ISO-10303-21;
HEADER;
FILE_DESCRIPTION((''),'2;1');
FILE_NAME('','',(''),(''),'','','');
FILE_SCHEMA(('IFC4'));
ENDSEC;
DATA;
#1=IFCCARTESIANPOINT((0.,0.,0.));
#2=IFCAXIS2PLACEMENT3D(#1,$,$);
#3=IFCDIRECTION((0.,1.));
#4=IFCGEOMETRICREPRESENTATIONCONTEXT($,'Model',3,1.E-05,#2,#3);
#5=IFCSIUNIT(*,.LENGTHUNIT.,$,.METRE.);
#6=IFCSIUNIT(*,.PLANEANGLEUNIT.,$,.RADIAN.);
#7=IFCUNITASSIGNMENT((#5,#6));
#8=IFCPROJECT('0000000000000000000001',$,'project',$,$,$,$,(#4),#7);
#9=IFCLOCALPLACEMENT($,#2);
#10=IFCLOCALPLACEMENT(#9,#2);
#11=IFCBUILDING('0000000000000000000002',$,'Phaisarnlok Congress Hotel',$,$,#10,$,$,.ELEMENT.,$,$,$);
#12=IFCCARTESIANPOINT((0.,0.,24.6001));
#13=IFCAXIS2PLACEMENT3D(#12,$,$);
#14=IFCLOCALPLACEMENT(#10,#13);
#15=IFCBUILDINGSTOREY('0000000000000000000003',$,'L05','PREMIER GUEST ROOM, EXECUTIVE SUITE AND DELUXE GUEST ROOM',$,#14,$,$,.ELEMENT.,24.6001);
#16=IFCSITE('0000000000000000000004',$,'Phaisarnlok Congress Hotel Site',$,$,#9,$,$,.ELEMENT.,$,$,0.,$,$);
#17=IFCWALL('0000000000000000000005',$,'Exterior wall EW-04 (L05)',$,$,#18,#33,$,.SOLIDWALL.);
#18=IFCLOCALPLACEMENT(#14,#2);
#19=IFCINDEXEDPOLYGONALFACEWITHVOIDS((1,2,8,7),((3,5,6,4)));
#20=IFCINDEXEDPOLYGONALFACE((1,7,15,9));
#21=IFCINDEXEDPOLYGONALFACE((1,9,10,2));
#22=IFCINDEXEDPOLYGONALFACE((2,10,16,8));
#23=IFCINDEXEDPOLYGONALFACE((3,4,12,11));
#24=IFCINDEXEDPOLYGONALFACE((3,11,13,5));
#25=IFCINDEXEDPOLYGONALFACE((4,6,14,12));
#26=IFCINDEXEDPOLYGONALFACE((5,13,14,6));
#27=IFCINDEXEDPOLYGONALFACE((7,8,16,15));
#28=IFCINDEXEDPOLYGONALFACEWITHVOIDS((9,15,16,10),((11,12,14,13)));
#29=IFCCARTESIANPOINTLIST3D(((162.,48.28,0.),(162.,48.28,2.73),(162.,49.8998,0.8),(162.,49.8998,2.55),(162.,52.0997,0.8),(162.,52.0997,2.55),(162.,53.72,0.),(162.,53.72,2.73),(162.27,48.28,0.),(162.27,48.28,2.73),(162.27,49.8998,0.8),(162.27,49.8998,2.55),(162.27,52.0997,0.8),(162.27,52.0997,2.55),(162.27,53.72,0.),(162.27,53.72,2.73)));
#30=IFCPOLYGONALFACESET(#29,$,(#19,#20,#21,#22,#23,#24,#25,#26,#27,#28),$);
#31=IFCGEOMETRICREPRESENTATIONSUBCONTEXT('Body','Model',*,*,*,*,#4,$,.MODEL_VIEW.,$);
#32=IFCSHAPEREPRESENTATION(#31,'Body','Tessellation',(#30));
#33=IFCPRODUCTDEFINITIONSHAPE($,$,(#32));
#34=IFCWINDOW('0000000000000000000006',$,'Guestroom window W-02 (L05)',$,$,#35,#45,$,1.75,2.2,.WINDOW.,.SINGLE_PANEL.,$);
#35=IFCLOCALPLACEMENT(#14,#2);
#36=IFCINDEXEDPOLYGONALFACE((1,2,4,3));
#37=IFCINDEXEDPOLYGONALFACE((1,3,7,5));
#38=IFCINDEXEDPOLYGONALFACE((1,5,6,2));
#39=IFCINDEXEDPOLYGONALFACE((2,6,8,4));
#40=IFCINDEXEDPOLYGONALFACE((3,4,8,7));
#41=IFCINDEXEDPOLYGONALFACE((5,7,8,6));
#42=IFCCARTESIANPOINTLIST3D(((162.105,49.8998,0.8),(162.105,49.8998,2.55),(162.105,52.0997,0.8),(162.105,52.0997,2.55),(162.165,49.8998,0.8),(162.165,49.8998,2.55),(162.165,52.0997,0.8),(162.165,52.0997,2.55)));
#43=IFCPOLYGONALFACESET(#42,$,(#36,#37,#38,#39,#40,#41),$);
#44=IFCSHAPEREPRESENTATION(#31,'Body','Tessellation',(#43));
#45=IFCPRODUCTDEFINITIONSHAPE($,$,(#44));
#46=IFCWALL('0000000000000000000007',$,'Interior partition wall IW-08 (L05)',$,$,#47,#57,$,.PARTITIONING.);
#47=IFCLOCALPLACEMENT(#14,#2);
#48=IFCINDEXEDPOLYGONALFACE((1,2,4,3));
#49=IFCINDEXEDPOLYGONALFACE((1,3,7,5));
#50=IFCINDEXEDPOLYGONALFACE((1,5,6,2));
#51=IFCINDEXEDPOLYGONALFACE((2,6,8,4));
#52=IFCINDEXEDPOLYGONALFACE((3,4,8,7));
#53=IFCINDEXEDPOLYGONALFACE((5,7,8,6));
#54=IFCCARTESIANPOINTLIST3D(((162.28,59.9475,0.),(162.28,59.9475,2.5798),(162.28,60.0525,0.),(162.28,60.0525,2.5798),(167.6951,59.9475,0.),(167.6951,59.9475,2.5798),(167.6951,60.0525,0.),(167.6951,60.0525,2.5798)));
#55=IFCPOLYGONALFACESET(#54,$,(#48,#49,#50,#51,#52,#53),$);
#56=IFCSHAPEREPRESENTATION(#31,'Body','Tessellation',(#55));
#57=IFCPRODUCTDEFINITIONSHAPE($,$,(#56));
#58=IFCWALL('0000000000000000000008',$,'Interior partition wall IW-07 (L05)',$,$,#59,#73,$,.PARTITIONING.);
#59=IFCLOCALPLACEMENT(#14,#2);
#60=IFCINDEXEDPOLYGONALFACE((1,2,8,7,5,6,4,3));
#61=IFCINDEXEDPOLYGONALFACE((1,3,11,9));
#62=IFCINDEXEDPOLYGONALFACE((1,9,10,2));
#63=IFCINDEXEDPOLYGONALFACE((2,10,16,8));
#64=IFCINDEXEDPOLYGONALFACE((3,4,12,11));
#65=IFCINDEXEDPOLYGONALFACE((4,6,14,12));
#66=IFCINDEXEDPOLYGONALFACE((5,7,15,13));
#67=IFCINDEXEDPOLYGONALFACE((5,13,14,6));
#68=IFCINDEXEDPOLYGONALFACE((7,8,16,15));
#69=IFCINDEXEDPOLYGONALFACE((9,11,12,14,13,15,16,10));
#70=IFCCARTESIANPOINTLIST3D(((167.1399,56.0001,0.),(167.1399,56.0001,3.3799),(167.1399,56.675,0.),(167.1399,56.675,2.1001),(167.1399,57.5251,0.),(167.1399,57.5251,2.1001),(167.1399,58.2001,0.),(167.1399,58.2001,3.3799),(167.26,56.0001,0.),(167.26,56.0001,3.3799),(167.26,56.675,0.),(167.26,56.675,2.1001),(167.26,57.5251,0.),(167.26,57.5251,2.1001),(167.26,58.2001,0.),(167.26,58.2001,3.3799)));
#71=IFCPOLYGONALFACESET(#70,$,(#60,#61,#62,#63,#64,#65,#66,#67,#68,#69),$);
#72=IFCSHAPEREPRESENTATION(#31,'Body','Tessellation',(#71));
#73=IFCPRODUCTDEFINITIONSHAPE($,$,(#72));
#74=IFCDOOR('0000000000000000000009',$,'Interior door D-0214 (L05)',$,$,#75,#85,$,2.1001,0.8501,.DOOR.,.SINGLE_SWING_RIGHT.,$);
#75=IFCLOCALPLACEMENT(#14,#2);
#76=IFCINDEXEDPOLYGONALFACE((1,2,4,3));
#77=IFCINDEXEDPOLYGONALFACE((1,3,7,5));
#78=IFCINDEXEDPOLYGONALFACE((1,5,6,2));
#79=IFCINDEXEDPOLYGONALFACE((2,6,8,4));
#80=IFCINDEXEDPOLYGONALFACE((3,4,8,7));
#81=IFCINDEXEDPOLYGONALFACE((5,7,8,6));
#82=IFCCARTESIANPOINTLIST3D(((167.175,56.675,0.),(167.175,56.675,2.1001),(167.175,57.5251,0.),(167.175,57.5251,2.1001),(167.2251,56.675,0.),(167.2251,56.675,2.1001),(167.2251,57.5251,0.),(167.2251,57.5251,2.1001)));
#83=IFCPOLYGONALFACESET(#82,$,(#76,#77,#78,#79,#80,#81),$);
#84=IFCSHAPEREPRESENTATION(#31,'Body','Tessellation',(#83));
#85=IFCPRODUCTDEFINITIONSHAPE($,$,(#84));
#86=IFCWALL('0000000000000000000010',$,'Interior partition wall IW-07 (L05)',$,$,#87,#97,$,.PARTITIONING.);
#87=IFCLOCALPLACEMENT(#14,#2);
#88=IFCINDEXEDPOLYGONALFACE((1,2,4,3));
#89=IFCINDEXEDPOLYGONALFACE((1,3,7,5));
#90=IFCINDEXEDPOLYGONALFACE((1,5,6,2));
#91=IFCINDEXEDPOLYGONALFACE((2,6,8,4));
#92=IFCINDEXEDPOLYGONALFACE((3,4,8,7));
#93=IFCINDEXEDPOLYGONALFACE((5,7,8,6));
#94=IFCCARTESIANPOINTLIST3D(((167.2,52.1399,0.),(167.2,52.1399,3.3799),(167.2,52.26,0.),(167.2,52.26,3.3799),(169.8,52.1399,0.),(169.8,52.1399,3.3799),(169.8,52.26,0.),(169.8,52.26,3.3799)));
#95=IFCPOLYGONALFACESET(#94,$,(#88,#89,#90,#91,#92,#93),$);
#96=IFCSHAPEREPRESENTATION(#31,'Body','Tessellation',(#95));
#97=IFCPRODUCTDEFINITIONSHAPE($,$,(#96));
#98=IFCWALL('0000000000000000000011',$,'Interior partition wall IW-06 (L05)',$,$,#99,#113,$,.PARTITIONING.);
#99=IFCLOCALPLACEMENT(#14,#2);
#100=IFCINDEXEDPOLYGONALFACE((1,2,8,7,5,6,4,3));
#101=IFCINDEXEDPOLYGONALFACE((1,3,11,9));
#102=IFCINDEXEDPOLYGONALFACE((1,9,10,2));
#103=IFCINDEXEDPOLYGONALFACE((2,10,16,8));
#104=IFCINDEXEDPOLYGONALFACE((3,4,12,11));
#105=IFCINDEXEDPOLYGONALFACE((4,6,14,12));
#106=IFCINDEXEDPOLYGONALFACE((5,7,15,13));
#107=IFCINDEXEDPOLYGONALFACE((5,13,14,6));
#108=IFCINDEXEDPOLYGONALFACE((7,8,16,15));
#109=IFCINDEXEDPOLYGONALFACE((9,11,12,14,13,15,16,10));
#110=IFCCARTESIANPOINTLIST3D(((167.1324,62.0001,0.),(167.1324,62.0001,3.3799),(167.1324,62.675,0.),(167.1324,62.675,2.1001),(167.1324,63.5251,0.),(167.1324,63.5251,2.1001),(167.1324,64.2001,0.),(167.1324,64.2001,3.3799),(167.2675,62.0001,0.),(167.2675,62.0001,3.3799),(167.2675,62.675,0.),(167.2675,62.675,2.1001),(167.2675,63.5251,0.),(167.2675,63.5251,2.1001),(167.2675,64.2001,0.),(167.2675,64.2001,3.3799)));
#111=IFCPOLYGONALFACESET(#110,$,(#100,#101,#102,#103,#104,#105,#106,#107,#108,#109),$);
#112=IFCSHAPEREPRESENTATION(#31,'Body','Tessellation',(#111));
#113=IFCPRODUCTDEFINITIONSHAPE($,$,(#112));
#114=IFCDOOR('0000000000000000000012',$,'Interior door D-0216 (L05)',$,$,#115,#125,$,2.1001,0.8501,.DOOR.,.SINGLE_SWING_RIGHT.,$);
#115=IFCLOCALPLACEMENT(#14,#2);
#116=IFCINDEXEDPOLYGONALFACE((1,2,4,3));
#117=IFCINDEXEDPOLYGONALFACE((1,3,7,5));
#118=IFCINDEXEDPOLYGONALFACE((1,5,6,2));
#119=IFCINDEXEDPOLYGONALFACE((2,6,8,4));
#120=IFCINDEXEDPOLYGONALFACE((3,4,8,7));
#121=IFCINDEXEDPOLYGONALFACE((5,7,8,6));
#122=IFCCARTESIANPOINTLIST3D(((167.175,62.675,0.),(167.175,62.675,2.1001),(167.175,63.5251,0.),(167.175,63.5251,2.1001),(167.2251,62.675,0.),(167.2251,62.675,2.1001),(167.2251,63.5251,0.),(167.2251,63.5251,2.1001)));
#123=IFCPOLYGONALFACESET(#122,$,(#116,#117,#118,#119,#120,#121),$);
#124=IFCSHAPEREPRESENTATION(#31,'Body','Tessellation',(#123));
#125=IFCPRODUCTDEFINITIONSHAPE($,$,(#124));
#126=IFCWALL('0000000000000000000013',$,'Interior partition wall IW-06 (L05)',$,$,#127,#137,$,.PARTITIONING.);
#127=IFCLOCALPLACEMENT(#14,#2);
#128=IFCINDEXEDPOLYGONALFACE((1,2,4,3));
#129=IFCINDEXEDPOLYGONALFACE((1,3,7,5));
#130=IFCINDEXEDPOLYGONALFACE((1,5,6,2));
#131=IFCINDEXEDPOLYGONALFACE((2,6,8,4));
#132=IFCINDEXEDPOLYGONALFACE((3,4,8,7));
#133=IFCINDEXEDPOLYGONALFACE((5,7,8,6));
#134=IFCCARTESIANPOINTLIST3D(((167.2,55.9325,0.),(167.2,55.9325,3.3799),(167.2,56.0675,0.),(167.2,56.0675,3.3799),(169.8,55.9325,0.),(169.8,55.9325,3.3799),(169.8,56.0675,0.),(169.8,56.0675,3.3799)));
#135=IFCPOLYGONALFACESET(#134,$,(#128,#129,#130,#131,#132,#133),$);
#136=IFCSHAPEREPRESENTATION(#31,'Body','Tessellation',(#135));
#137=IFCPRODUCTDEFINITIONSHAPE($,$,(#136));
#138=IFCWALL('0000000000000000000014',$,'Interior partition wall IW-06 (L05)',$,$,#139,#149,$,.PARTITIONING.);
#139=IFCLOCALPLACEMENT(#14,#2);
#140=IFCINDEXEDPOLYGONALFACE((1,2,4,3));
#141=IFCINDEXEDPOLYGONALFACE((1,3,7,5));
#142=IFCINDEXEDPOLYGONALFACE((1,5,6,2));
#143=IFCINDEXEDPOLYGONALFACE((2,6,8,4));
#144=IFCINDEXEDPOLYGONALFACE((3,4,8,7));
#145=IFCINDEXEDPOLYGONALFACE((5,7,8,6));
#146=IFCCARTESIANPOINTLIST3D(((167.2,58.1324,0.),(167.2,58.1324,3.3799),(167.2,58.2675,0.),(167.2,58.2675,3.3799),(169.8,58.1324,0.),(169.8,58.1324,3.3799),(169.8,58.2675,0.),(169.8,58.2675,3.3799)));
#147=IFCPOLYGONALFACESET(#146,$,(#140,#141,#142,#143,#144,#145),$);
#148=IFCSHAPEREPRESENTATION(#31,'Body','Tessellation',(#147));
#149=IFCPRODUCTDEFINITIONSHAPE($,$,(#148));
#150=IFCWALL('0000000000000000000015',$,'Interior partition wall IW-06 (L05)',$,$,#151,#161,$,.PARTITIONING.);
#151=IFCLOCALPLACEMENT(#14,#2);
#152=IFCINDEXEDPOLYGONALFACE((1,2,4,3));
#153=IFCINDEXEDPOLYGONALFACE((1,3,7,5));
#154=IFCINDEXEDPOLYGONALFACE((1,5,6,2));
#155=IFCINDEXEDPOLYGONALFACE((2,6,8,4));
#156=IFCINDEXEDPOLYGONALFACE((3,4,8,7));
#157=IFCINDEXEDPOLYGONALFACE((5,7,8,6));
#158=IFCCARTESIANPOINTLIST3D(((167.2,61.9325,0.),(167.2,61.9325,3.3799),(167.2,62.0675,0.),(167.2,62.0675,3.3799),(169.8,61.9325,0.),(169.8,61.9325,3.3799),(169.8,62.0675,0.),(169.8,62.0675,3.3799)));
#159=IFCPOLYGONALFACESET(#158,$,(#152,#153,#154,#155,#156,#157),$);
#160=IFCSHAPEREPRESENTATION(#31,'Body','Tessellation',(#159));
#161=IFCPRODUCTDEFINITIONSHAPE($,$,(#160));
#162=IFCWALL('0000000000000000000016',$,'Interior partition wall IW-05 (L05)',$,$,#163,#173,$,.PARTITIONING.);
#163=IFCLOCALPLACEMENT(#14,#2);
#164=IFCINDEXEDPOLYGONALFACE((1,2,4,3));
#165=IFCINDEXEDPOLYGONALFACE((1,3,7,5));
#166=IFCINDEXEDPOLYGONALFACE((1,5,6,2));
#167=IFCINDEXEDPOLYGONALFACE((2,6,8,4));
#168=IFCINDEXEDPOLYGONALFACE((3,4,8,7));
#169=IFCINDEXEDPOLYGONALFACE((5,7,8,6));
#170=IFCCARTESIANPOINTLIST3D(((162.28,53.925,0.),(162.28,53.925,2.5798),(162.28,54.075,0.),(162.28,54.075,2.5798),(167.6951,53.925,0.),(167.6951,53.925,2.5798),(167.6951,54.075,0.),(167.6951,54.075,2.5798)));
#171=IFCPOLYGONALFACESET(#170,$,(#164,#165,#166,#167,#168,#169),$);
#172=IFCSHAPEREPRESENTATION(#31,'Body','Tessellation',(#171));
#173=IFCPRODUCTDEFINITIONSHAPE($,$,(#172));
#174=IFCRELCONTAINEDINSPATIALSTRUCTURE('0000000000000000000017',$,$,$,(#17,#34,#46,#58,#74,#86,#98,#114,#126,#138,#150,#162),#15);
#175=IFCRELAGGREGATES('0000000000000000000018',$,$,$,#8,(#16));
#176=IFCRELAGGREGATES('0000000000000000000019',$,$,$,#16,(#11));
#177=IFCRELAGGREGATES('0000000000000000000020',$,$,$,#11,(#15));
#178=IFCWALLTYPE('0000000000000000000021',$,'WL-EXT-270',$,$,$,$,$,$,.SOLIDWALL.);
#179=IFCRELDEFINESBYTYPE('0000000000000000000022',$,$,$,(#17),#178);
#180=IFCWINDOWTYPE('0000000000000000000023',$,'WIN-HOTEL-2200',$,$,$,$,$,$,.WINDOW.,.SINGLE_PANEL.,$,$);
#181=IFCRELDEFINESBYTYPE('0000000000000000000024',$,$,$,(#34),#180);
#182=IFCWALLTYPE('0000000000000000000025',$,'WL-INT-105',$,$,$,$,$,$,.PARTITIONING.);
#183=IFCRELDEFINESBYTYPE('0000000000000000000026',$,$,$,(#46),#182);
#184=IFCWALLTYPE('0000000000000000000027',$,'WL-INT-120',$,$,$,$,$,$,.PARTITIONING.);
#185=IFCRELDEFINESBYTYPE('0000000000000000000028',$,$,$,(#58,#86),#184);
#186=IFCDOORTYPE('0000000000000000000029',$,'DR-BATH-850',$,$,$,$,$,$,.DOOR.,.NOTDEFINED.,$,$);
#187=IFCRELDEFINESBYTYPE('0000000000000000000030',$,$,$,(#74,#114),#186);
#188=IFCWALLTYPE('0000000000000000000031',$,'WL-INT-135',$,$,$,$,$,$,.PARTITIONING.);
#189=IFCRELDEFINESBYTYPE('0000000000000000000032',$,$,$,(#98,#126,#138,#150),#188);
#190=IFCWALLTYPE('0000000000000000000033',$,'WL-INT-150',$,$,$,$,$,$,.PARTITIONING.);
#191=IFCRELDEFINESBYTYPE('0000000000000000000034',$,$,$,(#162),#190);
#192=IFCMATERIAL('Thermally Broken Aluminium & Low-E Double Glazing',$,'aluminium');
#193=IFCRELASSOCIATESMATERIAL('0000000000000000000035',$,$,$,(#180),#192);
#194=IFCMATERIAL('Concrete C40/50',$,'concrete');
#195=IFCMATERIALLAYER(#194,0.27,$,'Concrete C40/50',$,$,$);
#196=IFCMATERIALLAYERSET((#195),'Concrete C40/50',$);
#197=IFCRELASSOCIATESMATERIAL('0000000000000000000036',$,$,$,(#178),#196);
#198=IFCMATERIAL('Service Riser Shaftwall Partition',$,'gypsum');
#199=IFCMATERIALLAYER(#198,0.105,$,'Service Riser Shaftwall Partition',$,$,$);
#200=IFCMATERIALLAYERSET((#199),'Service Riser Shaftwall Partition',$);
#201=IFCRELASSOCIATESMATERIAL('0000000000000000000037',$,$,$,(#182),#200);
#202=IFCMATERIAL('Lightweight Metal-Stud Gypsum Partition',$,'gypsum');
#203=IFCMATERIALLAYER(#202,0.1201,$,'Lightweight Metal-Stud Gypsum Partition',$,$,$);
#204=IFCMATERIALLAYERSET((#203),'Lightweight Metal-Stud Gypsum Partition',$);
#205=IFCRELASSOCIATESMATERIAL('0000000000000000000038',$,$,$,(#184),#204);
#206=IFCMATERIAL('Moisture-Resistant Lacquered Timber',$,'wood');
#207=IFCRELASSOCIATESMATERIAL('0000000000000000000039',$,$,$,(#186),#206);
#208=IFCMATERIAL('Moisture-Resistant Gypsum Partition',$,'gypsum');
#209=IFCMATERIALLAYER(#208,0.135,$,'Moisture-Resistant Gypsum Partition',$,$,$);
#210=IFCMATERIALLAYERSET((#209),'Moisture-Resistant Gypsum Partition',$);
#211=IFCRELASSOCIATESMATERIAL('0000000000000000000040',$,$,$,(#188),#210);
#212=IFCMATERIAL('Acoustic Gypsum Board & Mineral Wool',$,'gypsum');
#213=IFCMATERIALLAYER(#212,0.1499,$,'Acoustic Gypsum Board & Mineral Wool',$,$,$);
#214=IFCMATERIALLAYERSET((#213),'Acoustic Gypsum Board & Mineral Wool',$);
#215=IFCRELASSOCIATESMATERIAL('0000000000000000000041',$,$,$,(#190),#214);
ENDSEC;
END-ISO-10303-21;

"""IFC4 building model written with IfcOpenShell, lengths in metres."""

from ifc_helpers import new_model, si_unit, direction, frame, frame_2d, origin, place, context, subcontext, project, spatial, rectangle, extrude, material, layer, layer_set, type_object, element, fill, save


model = new_model("IFC4")

# Units and contexts
model_context = context("Model", 3, precision=1e-05, world=origin(), true_north=direction((0.0, 1.0)))
body_context = subcontext(model_context, "Body", "Model", "MODEL_VIEW")
ifc_project = project(units=[si_unit("LENGTHUNIT", "METRE"), si_unit("PLANEANGLEUNIT", "RADIAN")], contexts=[model_context])

# Site, building, storey
site_placement = place(None, origin())
site = spatial("IfcSite", under=ifc_project, at=site_placement, Name="Phaisarnlok Congress Hotel Site", CompositionType="ELEMENT", RefElevation=0.0)
building_placement = place(site_placement, origin())
building = spatial("IfcBuilding", under=site, at=building_placement, Name="Phaisarnlok Congress Hotel", CompositionType="ELEMENT")
storey_placement = place(building_placement, frame((0.0, 0.0, 24.6001)))
storey = spatial("IfcBuildingStorey", under=building, at=storey_placement, Name="L05", Description="PREMIER GUEST ROOM, EXECUTIVE SUITE AND DELUXE GUEST ROOM", CompositionType="ELEMENT", Elevation=24.6001)

# Shared definitions
ifc_material_1 = material(Name="Concrete C40/50", Category="concrete")

# Wall, opening, window
ifc_material_2 = material(Name="Thermally Broken Aluminium & Low-E Double Glazing", Category="aluminium")
window_type = type_object("IfcWindowType", Name="WIN-HOTEL-2200", PartitioningType="SINGLE_PANEL", PredefinedType="WINDOW", material=ifc_material_2)
ifc_layer_1 = layer(ifc_material_1, 0.27, Name="Concrete C40/50")
ifc_layer_set_1 = layer_set([ifc_layer_1], Name="Concrete C40/50")
wall_type_1 = type_object("IfcWallType", Name="WL-EXT-270", PredefinedType="SOLIDWALL", material=ifc_layer_set_1)
wall_1_placement = place(storey_placement, frame((162.135, 53.72, 0.0), z_axis=(0.0, 0.0, 1.0), x_axis=(0.0, -1.0, 0.0)))
wall_1 = element("IfcWall", 1, at=wall_1_placement, inside=storey, type_object=wall_type_1, Name="Exterior wall EW-04 (L05)", PredefinedType="SOLIDWALL", context=body_context, shape_type="SweptSolid", body=[
    extrude(rectangle(XDim=5.4399, YDim=0.27, at=frame_2d((2.72, 0.0))), origin(), (0.0, 0.0, 1.0), 2.73),
])
opening_1_placement = place(wall_1_placement, frame((1.6201, 0.0, 0.8)))
opening_1 = element("IfcOpeningElement", 2, at=opening_1_placement, cuts=wall_1, PredefinedType="OPENING", context=body_context, shape_type="SweptSolid", body=[
    extrude(rectangle(XDim=2.2, YDim=1.75, at=frame_2d((1.1001, 0.875))), frame((0.0, 0.145, 0.0), z_axis=(0.0, -1.0, 0.0), x_axis=(1.0, 0.0, 0.0)), (0.0, 0.0, 1.0), 0.29),
])
window_1_placement = place(opening_1_placement, origin())
window_1 = element("IfcWindow", 3, at=window_1_placement, inside=storey, type_object=window_type, Name="Guestroom window W-02 (L05)", OverallHeight=1.75, OverallWidth=2.2, PartitioningType="SINGLE_PANEL", PredefinedType="WINDOW", context=body_context, shape_type="SweptSolid", body=[
    extrude(rectangle(XDim=2.2, YDim=1.75, at=frame_2d((1.1001, 0.875))), frame((0.0, 0.03, 0.0), z_axis=(0.0, -1.0, 0.0), x_axis=(1.0, 0.0, 0.0)), (0.0, 0.0, 1.0), 0.0601),
])
fill(opening_1, window_1)

# Wall
ifc_material_3 = material(Name="Service Riser Shaftwall Partition", Category="gypsum")
ifc_layer_2 = layer(ifc_material_3, 0.105, Name="Service Riser Shaftwall Partition")
ifc_layer_set_2 = layer_set([ifc_layer_2], Name="Service Riser Shaftwall Partition")
wall_type_2 = type_object("IfcWallType", Name="WL-INT-105", PredefinedType="PARTITIONING", material=ifc_layer_set_2)
wall_2_placement = place(storey_placement, frame((162.28, 60.0, 0.0), z_axis=(0.0, 0.0, 1.0), x_axis=(1.0, 0.0, 0.0)))
element("IfcWall", 4, at=wall_2_placement, inside=storey, type_object=wall_type_2, Name="Interior partition wall IW-08 (L05)", PredefinedType="PARTITIONING", context=body_context, shape_type="SweptSolid", body=[
    extrude(rectangle(XDim=5.415, YDim=0.105, at=frame_2d((2.7075, 0.0))), origin(), (0.0, 0.0, 1.0), 2.5798),
])

# Wall, opening, door
ifc_material_4 = material(Name="Lightweight Metal-Stud Gypsum Partition", Category="gypsum")
ifc_layer_3 = layer(ifc_material_4, 0.1201, Name="Lightweight Metal-Stud Gypsum Partition")
ifc_layer_set_3 = layer_set([ifc_layer_3], Name="Lightweight Metal-Stud Gypsum Partition")
wall_type_3 = type_object("IfcWallType", Name="WL-INT-120", PredefinedType="PARTITIONING", material=ifc_layer_set_3)
wall_3_placement = place(storey_placement, frame((167.2, 56.0, 0.0), z_axis=(0.0, 0.0, 1.0), x_axis=(0.0, 1.0, 0.0)))
wall_3 = element("IfcWall", 5, at=wall_3_placement, inside=storey, type_object=wall_type_3, Name="Interior partition wall IW-07 (L05)", PredefinedType="PARTITIONING", context=body_context, shape_type="SweptSolid", body=[
    extrude(rectangle(XDim=2.2, YDim=0.1201, at=frame_2d((1.1001, 0.0))), origin(), (0.0, 0.0, 1.0), 3.3799),
])
opening_2_placement = place(wall_3_placement, frame((0.675, 0.0, 0.0)))
opening_2 = element("IfcOpeningElement", 6, at=opening_2_placement, cuts=wall_3, PredefinedType="OPENING", context=body_context, shape_type="SweptSolid", body=[
    extrude(rectangle(XDim=0.8501, YDim=2.1001, at=frame_2d((0.425, 1.05))), frame((0.0, 0.0701, 0.0), z_axis=(0.0, -1.0, 0.0), x_axis=(1.0, 0.0, 0.0)), (0.0, 0.0, 1.0), 0.1401),
])
ifc_material_5 = material(Name="Moisture-Resistant Lacquered Timber", Category="wood")
door_type = type_object("IfcDoorType", Name="DR-BATH-850", OperationType="NOTDEFINED", PredefinedType="DOOR", material=ifc_material_5)
door_1_placement = place(opening_2_placement, origin())
door_1 = element("IfcDoor", 7, at=door_1_placement, inside=storey, type_object=door_type, Name="Interior door D-0214 (L05)", OperationType="SINGLE_SWING_RIGHT", OverallHeight=2.1001, OverallWidth=0.8501, PredefinedType="DOOR", context=body_context, shape_type="SweptSolid", body=[
    extrude(rectangle(XDim=0.8501, YDim=2.1001, at=frame_2d((0.425, 1.05))), frame((0.0, 0.0249, 0.0), z_axis=(0.0, -1.0, 0.0), x_axis=(1.0, 0.0, 0.0)), (0.0, 0.0, 1.0), 0.05),
])
fill(opening_2, door_1)

# Wall
wall_4_placement = place(storey_placement, frame((167.2, 52.2, 0.0), z_axis=(0.0, 0.0, 1.0), x_axis=(1.0, 0.0, 0.0)))
element("IfcWall", 8, at=wall_4_placement, inside=storey, type_object=wall_type_3, Name="Interior partition wall IW-07 (L05)", PredefinedType="PARTITIONING", context=body_context, shape_type="SweptSolid", body=[
    extrude(rectangle(XDim=2.6001, YDim=0.1201, at=frame_2d((1.3, 0.0))), origin(), (0.0, 0.0, 1.0), 3.3799),
])

# Wall, opening, door
ifc_material_6 = material(Name="Moisture-Resistant Gypsum Partition", Category="gypsum")
ifc_layer_4 = layer(ifc_material_6, 0.135, Name="Moisture-Resistant Gypsum Partition")
ifc_layer_set_4 = layer_set([ifc_layer_4], Name="Moisture-Resistant Gypsum Partition")
wall_type_4 = type_object("IfcWallType", Name="WL-INT-135", PredefinedType="PARTITIONING", material=ifc_layer_set_4)
wall_5_placement = place(storey_placement, frame((167.2, 62.0, 0.0), z_axis=(0.0, 0.0, 1.0), x_axis=(0.0, 1.0, 0.0)))
wall_5 = element("IfcWall", 9, at=wall_5_placement, inside=storey, type_object=wall_type_4, Name="Interior partition wall IW-06 (L05)", PredefinedType="PARTITIONING", context=body_context, shape_type="SweptSolid", body=[
    extrude(rectangle(XDim=2.2, YDim=0.135, at=frame_2d((1.1001, 0.0))), origin(), (0.0, 0.0, 1.0), 3.3799),
])
opening_3_placement = place(wall_5_placement, frame((0.675, 0.0, 0.0)))
opening_3 = element("IfcOpeningElement", 10, at=opening_3_placement, cuts=wall_5, PredefinedType="OPENING", context=body_context, shape_type="SweptSolid", body=[
    extrude(rectangle(XDim=0.8501, YDim=2.1001, at=frame_2d((0.425, 1.05))), frame((0.0, 0.0776, 0.0), z_axis=(0.0, -1.0, 0.0), x_axis=(1.0, 0.0, 0.0)), (0.0, 0.0, 1.0), 0.155),
])
door_2_placement = place(opening_3_placement, origin())
door_2 = element("IfcDoor", 11, at=door_2_placement, inside=storey, type_object=door_type, Name="Interior door D-0216 (L05)", OperationType="SINGLE_SWING_RIGHT", OverallHeight=2.1001, OverallWidth=0.8501, PredefinedType="DOOR", context=body_context, shape_type="SweptSolid", body=[
    extrude(rectangle(XDim=0.8501, YDim=2.1001, at=frame_2d((0.425, 1.05))), frame((0.0, 0.0249, 0.0), z_axis=(0.0, -1.0, 0.0), x_axis=(1.0, 0.0, 0.0)), (0.0, 0.0, 1.0), 0.05),
])
fill(opening_3, door_2)

# Walls
for number, where, z_axis, x_axis, name in (
    (12, (167.2, 56.0, 0.0), (0.0, 0.0, 1.0), (1.0, 0.0, 0.0), "Interior partition wall IW-06 (L05)"),
    (13, (167.2, 58.2, 0.0), (0.0, 0.0, 1.0), (1.0, 0.0, 0.0), "Interior partition wall IW-06 (L05)"),
    (14, (167.2, 62.0, 0.0), (0.0, 0.0, 1.0), (1.0, 0.0, 0.0), "Interior partition wall IW-06 (L05)"),
):
    element("IfcWall", number, at=place(storey_placement, frame(where, z_axis=z_axis, x_axis=x_axis)), inside=storey, type_object=wall_type_4, Name=name, PredefinedType="PARTITIONING", context=body_context, shape_type="SweptSolid", body=[
        extrude(rectangle(XDim=2.6001, YDim=0.135, at=frame_2d((1.3, 0.0))), origin(), (0.0, 0.0, 1.0), 3.3799),
    ])
ifc_material_7 = material(Name="Acoustic Gypsum Board & Mineral Wool", Category="gypsum")
ifc_layer_5 = layer(ifc_material_7, 0.1499, Name="Acoustic Gypsum Board & Mineral Wool")
ifc_layer_set_5 = layer_set([ifc_layer_5], Name="Acoustic Gypsum Board & Mineral Wool")
wall_type_5 = type_object("IfcWallType", Name="WL-INT-150", PredefinedType="PARTITIONING", material=ifc_layer_set_5)
wall_6_placement = place(storey_placement, frame((162.28, 54.0, 0.0), z_axis=(0.0, 0.0, 1.0), x_axis=(1.0, 0.0, 0.0)))
element("IfcWall", 15, at=wall_6_placement, inside=storey, type_object=wall_type_5, Name="Interior partition wall IW-05 (L05)", PredefinedType="PARTITIONING", context=body_context, shape_type="SweptSolid", body=[
    extrude(rectangle(XDim=5.415, YDim=0.1499, at=frame_2d((2.7075, 0.0))), origin(), (0.0, 0.0, 1.0), 2.5798),
])

save(model, "model.ifc")
